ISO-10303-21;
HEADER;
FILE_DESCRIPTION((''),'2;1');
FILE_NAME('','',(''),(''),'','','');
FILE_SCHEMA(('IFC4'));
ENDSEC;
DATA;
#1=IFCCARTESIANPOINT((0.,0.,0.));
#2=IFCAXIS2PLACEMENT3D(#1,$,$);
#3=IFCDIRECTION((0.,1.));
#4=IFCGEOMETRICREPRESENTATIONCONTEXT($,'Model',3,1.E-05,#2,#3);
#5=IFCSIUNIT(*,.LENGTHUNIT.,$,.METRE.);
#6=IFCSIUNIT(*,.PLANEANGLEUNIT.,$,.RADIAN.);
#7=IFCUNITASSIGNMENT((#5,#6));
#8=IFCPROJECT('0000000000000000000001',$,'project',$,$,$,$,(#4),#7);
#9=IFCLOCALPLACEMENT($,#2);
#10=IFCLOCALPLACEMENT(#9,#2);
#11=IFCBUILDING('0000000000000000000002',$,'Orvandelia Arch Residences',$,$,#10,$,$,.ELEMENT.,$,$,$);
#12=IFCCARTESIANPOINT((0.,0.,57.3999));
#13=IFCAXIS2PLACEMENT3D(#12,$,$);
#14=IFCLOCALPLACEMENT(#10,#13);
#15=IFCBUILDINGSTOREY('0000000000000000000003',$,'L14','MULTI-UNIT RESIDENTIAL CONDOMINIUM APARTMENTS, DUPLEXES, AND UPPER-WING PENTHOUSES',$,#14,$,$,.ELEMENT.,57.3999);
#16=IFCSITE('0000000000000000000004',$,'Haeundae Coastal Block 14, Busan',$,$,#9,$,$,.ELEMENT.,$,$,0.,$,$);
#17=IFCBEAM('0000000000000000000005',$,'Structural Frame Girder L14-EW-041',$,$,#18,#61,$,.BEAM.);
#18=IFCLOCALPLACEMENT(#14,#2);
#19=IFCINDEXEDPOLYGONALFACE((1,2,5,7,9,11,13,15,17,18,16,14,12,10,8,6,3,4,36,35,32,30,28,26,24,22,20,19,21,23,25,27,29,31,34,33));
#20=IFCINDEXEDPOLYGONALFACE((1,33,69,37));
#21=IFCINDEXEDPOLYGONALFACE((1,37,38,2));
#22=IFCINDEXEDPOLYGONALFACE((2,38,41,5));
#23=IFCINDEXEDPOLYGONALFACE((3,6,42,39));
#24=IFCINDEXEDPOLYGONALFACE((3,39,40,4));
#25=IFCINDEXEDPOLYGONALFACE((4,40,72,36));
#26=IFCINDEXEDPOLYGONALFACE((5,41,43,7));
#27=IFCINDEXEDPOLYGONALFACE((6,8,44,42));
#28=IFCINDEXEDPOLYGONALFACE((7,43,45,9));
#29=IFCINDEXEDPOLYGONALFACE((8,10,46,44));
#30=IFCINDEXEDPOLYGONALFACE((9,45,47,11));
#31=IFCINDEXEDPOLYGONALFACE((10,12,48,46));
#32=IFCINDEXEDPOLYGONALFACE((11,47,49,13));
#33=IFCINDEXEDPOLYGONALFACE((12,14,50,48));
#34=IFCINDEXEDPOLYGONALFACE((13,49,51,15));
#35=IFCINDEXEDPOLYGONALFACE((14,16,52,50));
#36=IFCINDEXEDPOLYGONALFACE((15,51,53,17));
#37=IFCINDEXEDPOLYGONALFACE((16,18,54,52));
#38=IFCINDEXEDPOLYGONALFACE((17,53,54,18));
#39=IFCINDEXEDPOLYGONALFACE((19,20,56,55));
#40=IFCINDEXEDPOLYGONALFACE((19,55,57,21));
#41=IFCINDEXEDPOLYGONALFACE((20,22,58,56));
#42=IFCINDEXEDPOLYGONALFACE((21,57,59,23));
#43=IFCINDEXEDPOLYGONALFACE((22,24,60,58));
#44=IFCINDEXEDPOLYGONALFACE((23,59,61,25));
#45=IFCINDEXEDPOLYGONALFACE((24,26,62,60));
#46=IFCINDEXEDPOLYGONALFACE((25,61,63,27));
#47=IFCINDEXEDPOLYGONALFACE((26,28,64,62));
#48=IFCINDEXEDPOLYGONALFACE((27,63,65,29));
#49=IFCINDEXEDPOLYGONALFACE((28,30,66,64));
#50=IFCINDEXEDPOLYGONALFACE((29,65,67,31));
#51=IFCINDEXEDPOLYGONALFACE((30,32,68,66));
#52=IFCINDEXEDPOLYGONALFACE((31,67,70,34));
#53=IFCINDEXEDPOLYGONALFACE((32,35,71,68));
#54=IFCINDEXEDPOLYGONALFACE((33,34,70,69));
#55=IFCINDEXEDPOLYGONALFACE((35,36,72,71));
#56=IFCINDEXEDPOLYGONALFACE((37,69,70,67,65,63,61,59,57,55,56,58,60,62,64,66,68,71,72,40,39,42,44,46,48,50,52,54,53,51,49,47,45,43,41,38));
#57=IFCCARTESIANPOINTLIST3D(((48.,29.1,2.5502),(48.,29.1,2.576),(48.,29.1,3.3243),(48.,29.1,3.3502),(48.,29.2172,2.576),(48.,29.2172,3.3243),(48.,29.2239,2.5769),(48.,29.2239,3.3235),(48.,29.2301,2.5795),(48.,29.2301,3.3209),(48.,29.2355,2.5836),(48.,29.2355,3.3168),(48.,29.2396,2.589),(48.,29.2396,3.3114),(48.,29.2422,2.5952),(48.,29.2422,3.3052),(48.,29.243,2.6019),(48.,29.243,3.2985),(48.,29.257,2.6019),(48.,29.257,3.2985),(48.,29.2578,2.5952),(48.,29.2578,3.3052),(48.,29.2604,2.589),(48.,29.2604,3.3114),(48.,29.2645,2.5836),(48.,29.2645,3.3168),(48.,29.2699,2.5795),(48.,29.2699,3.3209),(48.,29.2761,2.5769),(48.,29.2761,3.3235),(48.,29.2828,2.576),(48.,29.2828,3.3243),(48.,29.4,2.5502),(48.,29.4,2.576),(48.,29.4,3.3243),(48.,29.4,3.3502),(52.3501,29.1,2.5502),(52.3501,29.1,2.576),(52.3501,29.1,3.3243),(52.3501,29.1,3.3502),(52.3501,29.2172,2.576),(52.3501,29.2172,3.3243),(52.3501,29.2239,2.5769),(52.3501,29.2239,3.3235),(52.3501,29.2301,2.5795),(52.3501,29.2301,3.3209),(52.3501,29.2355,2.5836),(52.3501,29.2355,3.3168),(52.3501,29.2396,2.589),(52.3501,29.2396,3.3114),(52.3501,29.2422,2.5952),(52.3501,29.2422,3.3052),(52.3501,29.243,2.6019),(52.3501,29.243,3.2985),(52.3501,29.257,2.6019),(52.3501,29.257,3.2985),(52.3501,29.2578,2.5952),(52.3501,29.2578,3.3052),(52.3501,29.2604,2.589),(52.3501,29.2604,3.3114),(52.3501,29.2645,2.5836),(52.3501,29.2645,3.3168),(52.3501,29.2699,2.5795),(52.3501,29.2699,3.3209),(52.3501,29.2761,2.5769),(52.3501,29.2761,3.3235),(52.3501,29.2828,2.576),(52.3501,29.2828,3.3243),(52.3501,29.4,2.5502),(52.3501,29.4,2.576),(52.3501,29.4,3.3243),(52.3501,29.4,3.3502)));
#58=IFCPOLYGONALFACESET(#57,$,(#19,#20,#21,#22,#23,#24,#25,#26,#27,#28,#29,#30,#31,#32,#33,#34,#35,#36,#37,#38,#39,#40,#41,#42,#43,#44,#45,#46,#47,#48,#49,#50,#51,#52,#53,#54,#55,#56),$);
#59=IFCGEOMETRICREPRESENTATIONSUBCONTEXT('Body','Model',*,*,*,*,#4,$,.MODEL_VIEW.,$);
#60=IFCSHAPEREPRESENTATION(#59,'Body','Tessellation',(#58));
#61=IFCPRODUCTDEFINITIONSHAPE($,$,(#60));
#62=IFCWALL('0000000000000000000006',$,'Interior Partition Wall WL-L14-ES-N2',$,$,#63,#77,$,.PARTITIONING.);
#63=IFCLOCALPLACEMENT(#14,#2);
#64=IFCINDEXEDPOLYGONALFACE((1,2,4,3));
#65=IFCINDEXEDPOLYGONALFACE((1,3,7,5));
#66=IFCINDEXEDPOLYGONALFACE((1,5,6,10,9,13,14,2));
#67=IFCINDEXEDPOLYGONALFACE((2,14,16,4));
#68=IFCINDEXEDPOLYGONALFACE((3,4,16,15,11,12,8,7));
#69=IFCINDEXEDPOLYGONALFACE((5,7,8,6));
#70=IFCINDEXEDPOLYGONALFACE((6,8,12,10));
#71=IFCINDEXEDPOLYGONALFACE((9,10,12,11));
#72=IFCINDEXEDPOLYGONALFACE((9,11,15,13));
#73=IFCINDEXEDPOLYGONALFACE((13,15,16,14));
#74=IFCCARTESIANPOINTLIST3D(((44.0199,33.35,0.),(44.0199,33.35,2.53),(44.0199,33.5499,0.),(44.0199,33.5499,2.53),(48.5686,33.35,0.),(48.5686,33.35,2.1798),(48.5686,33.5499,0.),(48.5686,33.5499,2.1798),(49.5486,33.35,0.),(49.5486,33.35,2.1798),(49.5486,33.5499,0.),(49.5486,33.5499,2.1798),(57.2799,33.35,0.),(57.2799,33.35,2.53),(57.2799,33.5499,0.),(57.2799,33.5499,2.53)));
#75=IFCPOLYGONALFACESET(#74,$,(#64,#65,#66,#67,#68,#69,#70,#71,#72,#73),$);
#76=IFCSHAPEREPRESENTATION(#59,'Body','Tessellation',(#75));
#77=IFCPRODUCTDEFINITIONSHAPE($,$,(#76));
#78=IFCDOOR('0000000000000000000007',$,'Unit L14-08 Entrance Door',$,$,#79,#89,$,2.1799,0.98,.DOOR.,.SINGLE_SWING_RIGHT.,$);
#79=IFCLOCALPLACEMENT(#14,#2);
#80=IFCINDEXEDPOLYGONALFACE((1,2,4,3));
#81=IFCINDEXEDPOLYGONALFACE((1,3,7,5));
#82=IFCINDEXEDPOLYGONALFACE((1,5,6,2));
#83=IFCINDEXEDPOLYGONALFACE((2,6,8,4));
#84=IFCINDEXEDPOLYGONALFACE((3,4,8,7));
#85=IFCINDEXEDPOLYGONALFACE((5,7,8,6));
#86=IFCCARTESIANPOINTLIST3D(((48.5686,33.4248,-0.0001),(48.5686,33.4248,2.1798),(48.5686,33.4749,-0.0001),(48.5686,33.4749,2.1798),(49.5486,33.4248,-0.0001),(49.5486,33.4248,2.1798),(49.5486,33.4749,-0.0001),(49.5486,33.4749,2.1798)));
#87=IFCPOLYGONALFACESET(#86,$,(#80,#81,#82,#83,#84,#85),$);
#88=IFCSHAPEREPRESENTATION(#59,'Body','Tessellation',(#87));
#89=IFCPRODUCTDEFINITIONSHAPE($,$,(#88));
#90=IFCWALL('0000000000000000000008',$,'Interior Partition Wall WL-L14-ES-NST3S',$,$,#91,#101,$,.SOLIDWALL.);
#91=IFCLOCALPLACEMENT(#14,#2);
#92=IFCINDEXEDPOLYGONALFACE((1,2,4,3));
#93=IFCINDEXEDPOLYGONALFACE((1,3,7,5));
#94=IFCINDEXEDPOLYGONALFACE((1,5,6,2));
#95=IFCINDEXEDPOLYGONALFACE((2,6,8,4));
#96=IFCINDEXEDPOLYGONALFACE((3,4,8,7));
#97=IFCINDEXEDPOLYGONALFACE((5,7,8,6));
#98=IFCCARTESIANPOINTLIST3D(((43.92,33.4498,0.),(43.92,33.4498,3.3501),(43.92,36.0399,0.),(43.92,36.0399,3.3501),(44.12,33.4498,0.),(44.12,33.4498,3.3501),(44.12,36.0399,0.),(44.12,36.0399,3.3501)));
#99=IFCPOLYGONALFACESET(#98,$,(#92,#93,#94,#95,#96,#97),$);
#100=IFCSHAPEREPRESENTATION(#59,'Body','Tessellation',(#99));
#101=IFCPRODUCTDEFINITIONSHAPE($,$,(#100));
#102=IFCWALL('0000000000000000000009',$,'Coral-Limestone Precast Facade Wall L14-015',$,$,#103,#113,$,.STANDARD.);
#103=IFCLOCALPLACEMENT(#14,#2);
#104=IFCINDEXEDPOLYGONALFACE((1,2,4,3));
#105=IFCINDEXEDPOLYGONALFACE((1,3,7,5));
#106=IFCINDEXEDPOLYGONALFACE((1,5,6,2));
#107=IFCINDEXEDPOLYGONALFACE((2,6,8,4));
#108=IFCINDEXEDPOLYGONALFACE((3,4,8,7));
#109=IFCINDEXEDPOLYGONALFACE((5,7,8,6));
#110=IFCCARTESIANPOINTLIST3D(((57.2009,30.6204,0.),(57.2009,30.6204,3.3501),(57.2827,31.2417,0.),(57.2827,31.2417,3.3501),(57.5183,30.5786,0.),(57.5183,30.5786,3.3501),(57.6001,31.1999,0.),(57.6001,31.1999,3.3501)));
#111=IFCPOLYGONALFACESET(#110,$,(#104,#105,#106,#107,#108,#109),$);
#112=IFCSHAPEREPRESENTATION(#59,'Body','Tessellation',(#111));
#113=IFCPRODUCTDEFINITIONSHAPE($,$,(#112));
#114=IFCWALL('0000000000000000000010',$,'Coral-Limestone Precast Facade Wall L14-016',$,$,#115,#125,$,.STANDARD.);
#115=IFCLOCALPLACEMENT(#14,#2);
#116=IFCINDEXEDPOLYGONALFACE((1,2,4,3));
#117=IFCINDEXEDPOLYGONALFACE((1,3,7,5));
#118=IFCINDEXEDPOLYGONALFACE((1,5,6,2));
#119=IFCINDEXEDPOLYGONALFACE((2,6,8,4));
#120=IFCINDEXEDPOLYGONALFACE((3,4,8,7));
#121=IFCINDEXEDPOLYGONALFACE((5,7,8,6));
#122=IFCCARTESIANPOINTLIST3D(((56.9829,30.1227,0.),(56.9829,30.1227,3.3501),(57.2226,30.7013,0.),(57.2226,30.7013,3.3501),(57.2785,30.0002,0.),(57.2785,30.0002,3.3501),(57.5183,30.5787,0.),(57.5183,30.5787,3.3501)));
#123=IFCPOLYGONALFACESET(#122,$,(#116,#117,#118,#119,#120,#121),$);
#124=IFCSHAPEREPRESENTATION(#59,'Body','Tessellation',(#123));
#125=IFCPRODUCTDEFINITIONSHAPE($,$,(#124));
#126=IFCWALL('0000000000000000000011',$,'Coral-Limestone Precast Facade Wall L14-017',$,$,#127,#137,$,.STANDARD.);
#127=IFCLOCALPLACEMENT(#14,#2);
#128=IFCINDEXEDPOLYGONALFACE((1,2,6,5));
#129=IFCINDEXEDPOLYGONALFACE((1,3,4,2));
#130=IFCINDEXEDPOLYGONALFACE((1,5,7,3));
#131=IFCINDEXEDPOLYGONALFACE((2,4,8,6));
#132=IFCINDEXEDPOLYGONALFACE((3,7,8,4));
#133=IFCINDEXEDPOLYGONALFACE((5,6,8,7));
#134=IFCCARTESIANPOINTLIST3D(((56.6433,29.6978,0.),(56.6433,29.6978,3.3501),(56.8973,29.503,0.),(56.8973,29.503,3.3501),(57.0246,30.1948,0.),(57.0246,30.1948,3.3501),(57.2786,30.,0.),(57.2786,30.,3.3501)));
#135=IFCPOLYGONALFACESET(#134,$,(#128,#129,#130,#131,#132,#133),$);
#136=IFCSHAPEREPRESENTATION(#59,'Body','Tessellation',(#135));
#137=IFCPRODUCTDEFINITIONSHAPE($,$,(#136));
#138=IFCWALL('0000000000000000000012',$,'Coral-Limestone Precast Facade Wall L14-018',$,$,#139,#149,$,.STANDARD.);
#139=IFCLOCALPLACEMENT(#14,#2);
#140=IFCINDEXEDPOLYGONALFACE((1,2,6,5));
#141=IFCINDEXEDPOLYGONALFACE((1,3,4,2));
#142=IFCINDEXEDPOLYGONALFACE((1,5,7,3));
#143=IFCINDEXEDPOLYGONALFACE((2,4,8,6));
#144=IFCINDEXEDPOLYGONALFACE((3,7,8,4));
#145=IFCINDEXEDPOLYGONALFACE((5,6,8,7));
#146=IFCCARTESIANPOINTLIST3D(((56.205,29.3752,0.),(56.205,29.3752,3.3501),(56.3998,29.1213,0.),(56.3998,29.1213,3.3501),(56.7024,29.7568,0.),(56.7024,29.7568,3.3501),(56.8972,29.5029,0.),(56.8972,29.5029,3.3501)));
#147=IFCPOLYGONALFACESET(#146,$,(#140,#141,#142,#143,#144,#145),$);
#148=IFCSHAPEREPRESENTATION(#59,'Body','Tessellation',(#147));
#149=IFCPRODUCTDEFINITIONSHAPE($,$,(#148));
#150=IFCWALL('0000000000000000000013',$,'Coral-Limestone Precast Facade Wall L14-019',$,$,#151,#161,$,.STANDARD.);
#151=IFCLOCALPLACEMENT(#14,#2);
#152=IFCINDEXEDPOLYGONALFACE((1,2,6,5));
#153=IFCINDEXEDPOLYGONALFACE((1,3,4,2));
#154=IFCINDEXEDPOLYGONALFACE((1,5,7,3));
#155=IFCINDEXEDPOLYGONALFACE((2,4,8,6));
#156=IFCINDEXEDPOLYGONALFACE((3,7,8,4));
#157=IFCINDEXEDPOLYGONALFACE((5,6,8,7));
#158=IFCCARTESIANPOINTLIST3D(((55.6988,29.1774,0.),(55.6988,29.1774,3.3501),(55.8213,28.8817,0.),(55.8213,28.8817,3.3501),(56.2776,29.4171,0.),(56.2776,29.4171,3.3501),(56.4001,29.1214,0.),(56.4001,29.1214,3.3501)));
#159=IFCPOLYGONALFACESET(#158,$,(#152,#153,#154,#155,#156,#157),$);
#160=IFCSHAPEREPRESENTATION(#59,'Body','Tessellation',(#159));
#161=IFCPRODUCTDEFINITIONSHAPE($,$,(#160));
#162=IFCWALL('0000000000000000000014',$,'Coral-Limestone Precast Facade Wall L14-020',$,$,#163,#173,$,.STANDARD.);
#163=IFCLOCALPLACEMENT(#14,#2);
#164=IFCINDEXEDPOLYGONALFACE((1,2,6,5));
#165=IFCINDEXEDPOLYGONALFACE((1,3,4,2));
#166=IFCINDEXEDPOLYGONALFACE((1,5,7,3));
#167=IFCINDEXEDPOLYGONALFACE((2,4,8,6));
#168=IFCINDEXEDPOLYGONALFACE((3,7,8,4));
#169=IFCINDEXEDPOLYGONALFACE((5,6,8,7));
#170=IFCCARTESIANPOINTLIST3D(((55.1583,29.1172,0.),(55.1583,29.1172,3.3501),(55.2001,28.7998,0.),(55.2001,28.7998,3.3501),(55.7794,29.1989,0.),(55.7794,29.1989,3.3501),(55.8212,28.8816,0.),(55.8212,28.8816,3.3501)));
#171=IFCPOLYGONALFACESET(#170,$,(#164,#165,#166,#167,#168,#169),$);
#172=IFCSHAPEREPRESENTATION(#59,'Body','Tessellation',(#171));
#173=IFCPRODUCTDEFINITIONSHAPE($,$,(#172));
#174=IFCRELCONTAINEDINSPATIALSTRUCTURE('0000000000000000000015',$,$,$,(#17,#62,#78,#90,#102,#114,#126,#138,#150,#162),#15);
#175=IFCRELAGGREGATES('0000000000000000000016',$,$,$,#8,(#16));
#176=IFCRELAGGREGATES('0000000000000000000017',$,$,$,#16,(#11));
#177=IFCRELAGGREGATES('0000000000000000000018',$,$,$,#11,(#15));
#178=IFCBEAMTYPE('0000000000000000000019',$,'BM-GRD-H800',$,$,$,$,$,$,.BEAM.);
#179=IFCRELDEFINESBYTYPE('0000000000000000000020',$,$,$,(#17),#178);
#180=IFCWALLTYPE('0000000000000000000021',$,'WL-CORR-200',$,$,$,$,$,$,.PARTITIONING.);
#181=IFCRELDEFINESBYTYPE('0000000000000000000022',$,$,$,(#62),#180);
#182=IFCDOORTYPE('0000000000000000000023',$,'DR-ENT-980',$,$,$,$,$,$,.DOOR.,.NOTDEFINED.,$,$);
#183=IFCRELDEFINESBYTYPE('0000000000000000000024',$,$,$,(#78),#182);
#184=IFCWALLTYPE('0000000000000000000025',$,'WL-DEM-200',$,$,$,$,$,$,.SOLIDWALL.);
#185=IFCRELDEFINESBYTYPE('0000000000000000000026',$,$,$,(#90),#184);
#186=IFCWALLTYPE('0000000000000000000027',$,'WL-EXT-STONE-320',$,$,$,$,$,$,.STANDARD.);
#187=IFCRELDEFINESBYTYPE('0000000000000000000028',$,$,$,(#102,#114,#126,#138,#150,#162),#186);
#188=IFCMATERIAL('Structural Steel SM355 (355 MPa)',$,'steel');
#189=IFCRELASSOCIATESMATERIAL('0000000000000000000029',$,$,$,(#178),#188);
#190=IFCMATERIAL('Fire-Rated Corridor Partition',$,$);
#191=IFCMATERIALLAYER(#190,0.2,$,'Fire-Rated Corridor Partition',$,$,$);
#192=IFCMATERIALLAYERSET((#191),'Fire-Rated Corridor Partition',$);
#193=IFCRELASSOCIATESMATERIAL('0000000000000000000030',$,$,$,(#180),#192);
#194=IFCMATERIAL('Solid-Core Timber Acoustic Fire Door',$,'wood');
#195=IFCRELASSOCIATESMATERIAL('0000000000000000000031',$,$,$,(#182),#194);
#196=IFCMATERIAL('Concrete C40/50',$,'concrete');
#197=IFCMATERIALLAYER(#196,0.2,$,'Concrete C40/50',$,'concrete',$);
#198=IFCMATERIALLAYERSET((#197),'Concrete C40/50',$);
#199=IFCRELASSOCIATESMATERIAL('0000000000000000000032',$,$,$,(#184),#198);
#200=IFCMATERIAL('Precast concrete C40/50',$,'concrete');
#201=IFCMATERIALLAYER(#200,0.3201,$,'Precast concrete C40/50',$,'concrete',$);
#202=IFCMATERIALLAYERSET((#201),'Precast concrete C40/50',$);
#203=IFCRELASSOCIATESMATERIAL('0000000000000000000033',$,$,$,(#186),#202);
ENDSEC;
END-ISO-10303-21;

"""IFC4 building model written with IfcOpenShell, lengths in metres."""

from ifc_helpers import new_model, si_unit, direction, frame, frame_2d, origin, origin_2d, place, context, subcontext, project, spatial, rectangle, i_section, extrude, material, layer, layer_set, material_profile, profile_set, type_object, element, fill, save


model = new_model("IFC4")

# Units and contexts
model_context = context("Model", 3, precision=1e-05, world=origin(), true_north=direction((0.0, 1.0)))
body_context = subcontext(model_context, "Body", "Model", "MODEL_VIEW")
ifc_project = project(units=[si_unit("LENGTHUNIT", "METRE"), si_unit("PLANEANGLEUNIT", "RADIAN")], contexts=[model_context])

# Site, building, storey
site_placement = place(None, origin())
site = spatial("IfcSite", under=ifc_project, at=site_placement, Name="Haeundae Coastal Block 14, Busan", CompositionType="ELEMENT", RefElevation=0.0)
building_placement = place(site_placement, origin())
building = spatial("IfcBuilding", under=site, at=building_placement, Name="Orvandelia Arch Residences", CompositionType="ELEMENT")
storey_placement = place(building_placement, frame((0.0, 0.0, 57.3999)))
storey = spatial("IfcBuildingStorey", under=building, at=storey_placement, Name="L14", Description="MULTI-UNIT RESIDENTIAL CONDOMINIUM APARTMENTS, DUPLEXES, AND UPPER-WING PENTHOUSES", CompositionType="ELEMENT", Elevation=57.3999)

# Beam
ifc_material_1 = material(Name="Structural Steel SM355 (355 MPa)", Category="steel")
ifc_material_profile_1 = material_profile(ifc_material_1, i_section(OverallWidth=0.3, OverallDepth=0.8, WebThickness=0.0139, FlangeThickness=0.0259, FilletRadius=0.0259, at=origin_2d()), Name="Structural Steel SM355 (355 MPa)", Category="steel")
ifc_profile_set_1 = profile_set([ifc_material_profile_1], Name="Structural Steel SM355 (355 MPa)")
beam_type = type_object("IfcBeamType", Name="BM-GRD-H800", PredefinedType="BEAM", material=ifc_profile_set_1)
beam_1_placement = place(storey_placement, frame((48.0, 29.25, 2.9502), z_axis=(1.0, 0.0, 0.0), x_axis=(0.0, 1.0, 0.0)))
element("IfcBeam", 1, at=beam_1_placement, inside=storey, type_object=beam_type, Name="Structural Frame Girder L14-EW-041", PredefinedType="BEAM", context=body_context, shape_type="SweptSolid", body=[
    extrude(i_section(OverallWidth=0.3, OverallDepth=0.8, WebThickness=0.0139, FlangeThickness=0.0259, FilletRadius=0.0259, at=origin_2d()), origin(), (0.0, 0.0, 1.0), 4.3501),
])

# Wall, opening, door
ifc_material_2 = material(Name="Fire-Rated Corridor Partition")
ifc_layer_1 = layer(ifc_material_2, 0.2, Name="Fire-Rated Corridor Partition")
ifc_layer_set_1 = layer_set([ifc_layer_1], Name="Fire-Rated Corridor Partition")
wall_type_1 = type_object("IfcWallType", Name="WL-CORR-200", PredefinedType="PARTITIONING", material=ifc_layer_set_1)
wall_1_placement = place(storey_placement, frame((44.02, 33.45, 0.0), z_axis=(0.0, 0.0, 1.0), x_axis=(1.0, 0.0, 0.0)))
wall_1 = element("IfcWall", 2, at=wall_1_placement, inside=storey, type_object=wall_type_1, Name="Interior Partition Wall WL-L14-ES-N2", PredefinedType="PARTITIONING", context=body_context, shape_type="SweptSolid", body=[
    extrude(rectangle(XDim=13.26, YDim=0.2, at=frame_2d((6.6299, 0.0))), origin(), (0.0, 0.0, 1.0), 2.53),
])
opening_1_placement = place(wall_1_placement, frame((4.5486, 0.0, 0.0)))
opening_1 = element("IfcOpeningElement", 3, at=opening_1_placement, cuts=wall_1, PredefinedType="OPENING", context=body_context, shape_type="SweptSolid", body=[
    extrude(rectangle(XDim=0.98, YDim=2.1799, at=frame_2d((0.49, 1.0898))), frame((0.0, 0.1099, 0.0), z_axis=(0.0, -1.0, 0.0), x_axis=(1.0, 0.0, 0.0)), (0.0, 0.0, 1.0), 0.22),
])
ifc_material_3 = material(Name="Solid-Core Timber Acoustic Fire Door", Category="wood")
door_type_1 = type_object("IfcDoorType", Name="DR-ENT-980", OperationType="NOTDEFINED", PredefinedType="DOOR", material=ifc_material_3)
door_1_placement = place(opening_1_placement, origin())
door_1 = element("IfcDoor", 4, at=door_1_placement, inside=storey, type_object=door_type_1, Name="Unit L14-08 Entrance Door", OperationType="SINGLE_SWING_RIGHT", OverallHeight=2.1799, OverallWidth=0.98, PredefinedType="DOOR", context=body_context, shape_type="SweptSolid", body=[
    extrude(rectangle(XDim=0.98, YDim=2.1799, at=frame_2d((0.49, 1.0898))), frame((0.0, 0.0249, 0.0), z_axis=(0.0, -1.0, 0.0), x_axis=(1.0, 0.0, 0.0)), (0.0, 0.0, 1.0), 0.05),
])
fill(opening_1, door_1)

# Walls
ifc_material_4 = material(Name="Concrete C40/50", Category="concrete")
ifc_layer_2 = layer(ifc_material_4, 0.2, Name="Concrete C40/50", Category="concrete")
ifc_layer_set_2 = layer_set([ifc_layer_2], Name="Concrete C40/50")
wall_type_2 = type_object("IfcWallType", Name="WL-DEM-200", PredefinedType="SOLIDWALL", material=ifc_layer_set_2)
wall_2_placement = place(storey_placement, frame((44.02, 33.45, 0.0), z_axis=(0.0, 0.0, 1.0), x_axis=(0.0, 1.0, 0.0)))
element("IfcWall", 5, at=wall_2_placement, inside=storey, type_object=wall_type_2, Name="Interior Partition Wall WL-L14-ES-NST3S", PredefinedType="SOLIDWALL", context=body_context, shape_type="SweptSolid", body=[
    extrude(rectangle(XDim=2.5901, YDim=0.2, at=frame_2d((1.2949, 0.0))), origin(), (0.0, 0.0, 1.0), 3.3501),
])
ifc_material_5 = material(Name="Precast concrete C40/50", Category="concrete")
ifc_layer_3 = layer(ifc_material_5, 0.3201, Name="Precast concrete C40/50", Category="concrete")
ifc_layer_set_3 = layer_set([ifc_layer_3], Name="Precast concrete C40/50")
wall_type_3 = type_object("IfcWallType", Name="WL-EXT-STONE-320", PredefinedType="STANDARD", material=ifc_layer_set_3)
wall_3_placement = place(storey_placement, frame((57.4414, 31.2209, 0.0), z_axis=(0.0, 0.0, 1.0), x_axis=(-0.130505, -0.991448, 0.0)))
element("IfcWall", 6, at=wall_3_placement, inside=storey, type_object=wall_type_3, Name="Coral-Limestone Precast Facade Wall L14-015", PredefinedType="STANDARD", context=body_context, shape_type="SweptSolid", body=[
    extrude(rectangle(XDim=0.6267, YDim=0.3201, at=frame_2d((0.3135, 0.0))), origin(), (0.0, 0.0, 1.0), 3.3501),
])
wall_4_placement = place(storey_placement, frame((57.3704, 30.6399, 0.0), z_axis=(0.0, 0.0, 1.0), x_axis=(-0.382788, -0.923836, 0.0)))
element("IfcWall", 7, at=wall_4_placement, inside=storey, type_object=wall_type_3, Name="Coral-Limestone Precast Facade Wall L14-016", PredefinedType="STANDARD", context=body_context, shape_type="SweptSolid", body=[
    extrude(rectangle(XDim=0.6262, YDim=0.3201, at=frame_2d((0.313, 0.0))), origin(), (0.0, 0.0, 1.0), 3.3501),
])
wall_5_placement = place(storey_placement, frame((57.1516, 30.0974, 0.0), z_axis=(0.0, 0.0, 1.0), x_axis=(-0.608693, -0.793406, 0.0)))
element("IfcWall", 8, at=wall_5_placement, inside=storey, type_object=wall_type_3, Name="Coral-Limestone Precast Facade Wall L14-017", PredefinedType="STANDARD", context=body_context, shape_type="SweptSolid", body=[
    extrude(rectangle(XDim=0.6265, YDim=0.3201, at=frame_2d((0.3132, 0.0))), origin(), (0.0, 0.0, 1.0), 3.3501),
])
wall_6_placement = place(storey_placement, frame((56.7998, 29.6299, 0.0), z_axis=(0.0, 0.0, 1.0), x_axis=(-0.793362, -0.60875, 0.0)))
element("IfcWall", 9, at=wall_6_placement, inside=storey, type_object=wall_type_3, Name="Coral-Limestone Precast Facade Wall L14-018", PredefinedType="STANDARD", context=body_context, shape_type="SweptSolid", body=[
    extrude(rectangle(XDim=0.627, YDim=0.3201, at=frame_2d((0.3135, 0.0))), origin(), (0.0, 0.0, 1.0), 3.3501),
])
for number, where, z_axis, x_axis, name in (
    (10, (56.3389, 29.2693, 0.0), (0.0, 0.0, 1.0), (-0.923893, -0.38265, 0.0), "Coral-Limestone Precast Facade Wall L14-019"),
    (11, (55.8003, 29.0403, 0.0), (0.0, 0.0, 1.0), (-0.991441, -0.130555, 0.0), "Coral-Limestone Precast Facade Wall L14-020"),
):
    element("IfcWall", number, at=place(storey_placement, frame(where, z_axis=z_axis, x_axis=x_axis)), inside=storey, type_object=wall_type_3, Name=name, PredefinedType="STANDARD", context=body_context, shape_type="SweptSolid", body=[
        extrude(rectangle(XDim=0.6265, YDim=0.3201, at=frame_2d((0.3132, 0.0))), origin(), (0.0, 0.0, 1.0), 3.3501),
    ])

save(model, "model.ifc")
